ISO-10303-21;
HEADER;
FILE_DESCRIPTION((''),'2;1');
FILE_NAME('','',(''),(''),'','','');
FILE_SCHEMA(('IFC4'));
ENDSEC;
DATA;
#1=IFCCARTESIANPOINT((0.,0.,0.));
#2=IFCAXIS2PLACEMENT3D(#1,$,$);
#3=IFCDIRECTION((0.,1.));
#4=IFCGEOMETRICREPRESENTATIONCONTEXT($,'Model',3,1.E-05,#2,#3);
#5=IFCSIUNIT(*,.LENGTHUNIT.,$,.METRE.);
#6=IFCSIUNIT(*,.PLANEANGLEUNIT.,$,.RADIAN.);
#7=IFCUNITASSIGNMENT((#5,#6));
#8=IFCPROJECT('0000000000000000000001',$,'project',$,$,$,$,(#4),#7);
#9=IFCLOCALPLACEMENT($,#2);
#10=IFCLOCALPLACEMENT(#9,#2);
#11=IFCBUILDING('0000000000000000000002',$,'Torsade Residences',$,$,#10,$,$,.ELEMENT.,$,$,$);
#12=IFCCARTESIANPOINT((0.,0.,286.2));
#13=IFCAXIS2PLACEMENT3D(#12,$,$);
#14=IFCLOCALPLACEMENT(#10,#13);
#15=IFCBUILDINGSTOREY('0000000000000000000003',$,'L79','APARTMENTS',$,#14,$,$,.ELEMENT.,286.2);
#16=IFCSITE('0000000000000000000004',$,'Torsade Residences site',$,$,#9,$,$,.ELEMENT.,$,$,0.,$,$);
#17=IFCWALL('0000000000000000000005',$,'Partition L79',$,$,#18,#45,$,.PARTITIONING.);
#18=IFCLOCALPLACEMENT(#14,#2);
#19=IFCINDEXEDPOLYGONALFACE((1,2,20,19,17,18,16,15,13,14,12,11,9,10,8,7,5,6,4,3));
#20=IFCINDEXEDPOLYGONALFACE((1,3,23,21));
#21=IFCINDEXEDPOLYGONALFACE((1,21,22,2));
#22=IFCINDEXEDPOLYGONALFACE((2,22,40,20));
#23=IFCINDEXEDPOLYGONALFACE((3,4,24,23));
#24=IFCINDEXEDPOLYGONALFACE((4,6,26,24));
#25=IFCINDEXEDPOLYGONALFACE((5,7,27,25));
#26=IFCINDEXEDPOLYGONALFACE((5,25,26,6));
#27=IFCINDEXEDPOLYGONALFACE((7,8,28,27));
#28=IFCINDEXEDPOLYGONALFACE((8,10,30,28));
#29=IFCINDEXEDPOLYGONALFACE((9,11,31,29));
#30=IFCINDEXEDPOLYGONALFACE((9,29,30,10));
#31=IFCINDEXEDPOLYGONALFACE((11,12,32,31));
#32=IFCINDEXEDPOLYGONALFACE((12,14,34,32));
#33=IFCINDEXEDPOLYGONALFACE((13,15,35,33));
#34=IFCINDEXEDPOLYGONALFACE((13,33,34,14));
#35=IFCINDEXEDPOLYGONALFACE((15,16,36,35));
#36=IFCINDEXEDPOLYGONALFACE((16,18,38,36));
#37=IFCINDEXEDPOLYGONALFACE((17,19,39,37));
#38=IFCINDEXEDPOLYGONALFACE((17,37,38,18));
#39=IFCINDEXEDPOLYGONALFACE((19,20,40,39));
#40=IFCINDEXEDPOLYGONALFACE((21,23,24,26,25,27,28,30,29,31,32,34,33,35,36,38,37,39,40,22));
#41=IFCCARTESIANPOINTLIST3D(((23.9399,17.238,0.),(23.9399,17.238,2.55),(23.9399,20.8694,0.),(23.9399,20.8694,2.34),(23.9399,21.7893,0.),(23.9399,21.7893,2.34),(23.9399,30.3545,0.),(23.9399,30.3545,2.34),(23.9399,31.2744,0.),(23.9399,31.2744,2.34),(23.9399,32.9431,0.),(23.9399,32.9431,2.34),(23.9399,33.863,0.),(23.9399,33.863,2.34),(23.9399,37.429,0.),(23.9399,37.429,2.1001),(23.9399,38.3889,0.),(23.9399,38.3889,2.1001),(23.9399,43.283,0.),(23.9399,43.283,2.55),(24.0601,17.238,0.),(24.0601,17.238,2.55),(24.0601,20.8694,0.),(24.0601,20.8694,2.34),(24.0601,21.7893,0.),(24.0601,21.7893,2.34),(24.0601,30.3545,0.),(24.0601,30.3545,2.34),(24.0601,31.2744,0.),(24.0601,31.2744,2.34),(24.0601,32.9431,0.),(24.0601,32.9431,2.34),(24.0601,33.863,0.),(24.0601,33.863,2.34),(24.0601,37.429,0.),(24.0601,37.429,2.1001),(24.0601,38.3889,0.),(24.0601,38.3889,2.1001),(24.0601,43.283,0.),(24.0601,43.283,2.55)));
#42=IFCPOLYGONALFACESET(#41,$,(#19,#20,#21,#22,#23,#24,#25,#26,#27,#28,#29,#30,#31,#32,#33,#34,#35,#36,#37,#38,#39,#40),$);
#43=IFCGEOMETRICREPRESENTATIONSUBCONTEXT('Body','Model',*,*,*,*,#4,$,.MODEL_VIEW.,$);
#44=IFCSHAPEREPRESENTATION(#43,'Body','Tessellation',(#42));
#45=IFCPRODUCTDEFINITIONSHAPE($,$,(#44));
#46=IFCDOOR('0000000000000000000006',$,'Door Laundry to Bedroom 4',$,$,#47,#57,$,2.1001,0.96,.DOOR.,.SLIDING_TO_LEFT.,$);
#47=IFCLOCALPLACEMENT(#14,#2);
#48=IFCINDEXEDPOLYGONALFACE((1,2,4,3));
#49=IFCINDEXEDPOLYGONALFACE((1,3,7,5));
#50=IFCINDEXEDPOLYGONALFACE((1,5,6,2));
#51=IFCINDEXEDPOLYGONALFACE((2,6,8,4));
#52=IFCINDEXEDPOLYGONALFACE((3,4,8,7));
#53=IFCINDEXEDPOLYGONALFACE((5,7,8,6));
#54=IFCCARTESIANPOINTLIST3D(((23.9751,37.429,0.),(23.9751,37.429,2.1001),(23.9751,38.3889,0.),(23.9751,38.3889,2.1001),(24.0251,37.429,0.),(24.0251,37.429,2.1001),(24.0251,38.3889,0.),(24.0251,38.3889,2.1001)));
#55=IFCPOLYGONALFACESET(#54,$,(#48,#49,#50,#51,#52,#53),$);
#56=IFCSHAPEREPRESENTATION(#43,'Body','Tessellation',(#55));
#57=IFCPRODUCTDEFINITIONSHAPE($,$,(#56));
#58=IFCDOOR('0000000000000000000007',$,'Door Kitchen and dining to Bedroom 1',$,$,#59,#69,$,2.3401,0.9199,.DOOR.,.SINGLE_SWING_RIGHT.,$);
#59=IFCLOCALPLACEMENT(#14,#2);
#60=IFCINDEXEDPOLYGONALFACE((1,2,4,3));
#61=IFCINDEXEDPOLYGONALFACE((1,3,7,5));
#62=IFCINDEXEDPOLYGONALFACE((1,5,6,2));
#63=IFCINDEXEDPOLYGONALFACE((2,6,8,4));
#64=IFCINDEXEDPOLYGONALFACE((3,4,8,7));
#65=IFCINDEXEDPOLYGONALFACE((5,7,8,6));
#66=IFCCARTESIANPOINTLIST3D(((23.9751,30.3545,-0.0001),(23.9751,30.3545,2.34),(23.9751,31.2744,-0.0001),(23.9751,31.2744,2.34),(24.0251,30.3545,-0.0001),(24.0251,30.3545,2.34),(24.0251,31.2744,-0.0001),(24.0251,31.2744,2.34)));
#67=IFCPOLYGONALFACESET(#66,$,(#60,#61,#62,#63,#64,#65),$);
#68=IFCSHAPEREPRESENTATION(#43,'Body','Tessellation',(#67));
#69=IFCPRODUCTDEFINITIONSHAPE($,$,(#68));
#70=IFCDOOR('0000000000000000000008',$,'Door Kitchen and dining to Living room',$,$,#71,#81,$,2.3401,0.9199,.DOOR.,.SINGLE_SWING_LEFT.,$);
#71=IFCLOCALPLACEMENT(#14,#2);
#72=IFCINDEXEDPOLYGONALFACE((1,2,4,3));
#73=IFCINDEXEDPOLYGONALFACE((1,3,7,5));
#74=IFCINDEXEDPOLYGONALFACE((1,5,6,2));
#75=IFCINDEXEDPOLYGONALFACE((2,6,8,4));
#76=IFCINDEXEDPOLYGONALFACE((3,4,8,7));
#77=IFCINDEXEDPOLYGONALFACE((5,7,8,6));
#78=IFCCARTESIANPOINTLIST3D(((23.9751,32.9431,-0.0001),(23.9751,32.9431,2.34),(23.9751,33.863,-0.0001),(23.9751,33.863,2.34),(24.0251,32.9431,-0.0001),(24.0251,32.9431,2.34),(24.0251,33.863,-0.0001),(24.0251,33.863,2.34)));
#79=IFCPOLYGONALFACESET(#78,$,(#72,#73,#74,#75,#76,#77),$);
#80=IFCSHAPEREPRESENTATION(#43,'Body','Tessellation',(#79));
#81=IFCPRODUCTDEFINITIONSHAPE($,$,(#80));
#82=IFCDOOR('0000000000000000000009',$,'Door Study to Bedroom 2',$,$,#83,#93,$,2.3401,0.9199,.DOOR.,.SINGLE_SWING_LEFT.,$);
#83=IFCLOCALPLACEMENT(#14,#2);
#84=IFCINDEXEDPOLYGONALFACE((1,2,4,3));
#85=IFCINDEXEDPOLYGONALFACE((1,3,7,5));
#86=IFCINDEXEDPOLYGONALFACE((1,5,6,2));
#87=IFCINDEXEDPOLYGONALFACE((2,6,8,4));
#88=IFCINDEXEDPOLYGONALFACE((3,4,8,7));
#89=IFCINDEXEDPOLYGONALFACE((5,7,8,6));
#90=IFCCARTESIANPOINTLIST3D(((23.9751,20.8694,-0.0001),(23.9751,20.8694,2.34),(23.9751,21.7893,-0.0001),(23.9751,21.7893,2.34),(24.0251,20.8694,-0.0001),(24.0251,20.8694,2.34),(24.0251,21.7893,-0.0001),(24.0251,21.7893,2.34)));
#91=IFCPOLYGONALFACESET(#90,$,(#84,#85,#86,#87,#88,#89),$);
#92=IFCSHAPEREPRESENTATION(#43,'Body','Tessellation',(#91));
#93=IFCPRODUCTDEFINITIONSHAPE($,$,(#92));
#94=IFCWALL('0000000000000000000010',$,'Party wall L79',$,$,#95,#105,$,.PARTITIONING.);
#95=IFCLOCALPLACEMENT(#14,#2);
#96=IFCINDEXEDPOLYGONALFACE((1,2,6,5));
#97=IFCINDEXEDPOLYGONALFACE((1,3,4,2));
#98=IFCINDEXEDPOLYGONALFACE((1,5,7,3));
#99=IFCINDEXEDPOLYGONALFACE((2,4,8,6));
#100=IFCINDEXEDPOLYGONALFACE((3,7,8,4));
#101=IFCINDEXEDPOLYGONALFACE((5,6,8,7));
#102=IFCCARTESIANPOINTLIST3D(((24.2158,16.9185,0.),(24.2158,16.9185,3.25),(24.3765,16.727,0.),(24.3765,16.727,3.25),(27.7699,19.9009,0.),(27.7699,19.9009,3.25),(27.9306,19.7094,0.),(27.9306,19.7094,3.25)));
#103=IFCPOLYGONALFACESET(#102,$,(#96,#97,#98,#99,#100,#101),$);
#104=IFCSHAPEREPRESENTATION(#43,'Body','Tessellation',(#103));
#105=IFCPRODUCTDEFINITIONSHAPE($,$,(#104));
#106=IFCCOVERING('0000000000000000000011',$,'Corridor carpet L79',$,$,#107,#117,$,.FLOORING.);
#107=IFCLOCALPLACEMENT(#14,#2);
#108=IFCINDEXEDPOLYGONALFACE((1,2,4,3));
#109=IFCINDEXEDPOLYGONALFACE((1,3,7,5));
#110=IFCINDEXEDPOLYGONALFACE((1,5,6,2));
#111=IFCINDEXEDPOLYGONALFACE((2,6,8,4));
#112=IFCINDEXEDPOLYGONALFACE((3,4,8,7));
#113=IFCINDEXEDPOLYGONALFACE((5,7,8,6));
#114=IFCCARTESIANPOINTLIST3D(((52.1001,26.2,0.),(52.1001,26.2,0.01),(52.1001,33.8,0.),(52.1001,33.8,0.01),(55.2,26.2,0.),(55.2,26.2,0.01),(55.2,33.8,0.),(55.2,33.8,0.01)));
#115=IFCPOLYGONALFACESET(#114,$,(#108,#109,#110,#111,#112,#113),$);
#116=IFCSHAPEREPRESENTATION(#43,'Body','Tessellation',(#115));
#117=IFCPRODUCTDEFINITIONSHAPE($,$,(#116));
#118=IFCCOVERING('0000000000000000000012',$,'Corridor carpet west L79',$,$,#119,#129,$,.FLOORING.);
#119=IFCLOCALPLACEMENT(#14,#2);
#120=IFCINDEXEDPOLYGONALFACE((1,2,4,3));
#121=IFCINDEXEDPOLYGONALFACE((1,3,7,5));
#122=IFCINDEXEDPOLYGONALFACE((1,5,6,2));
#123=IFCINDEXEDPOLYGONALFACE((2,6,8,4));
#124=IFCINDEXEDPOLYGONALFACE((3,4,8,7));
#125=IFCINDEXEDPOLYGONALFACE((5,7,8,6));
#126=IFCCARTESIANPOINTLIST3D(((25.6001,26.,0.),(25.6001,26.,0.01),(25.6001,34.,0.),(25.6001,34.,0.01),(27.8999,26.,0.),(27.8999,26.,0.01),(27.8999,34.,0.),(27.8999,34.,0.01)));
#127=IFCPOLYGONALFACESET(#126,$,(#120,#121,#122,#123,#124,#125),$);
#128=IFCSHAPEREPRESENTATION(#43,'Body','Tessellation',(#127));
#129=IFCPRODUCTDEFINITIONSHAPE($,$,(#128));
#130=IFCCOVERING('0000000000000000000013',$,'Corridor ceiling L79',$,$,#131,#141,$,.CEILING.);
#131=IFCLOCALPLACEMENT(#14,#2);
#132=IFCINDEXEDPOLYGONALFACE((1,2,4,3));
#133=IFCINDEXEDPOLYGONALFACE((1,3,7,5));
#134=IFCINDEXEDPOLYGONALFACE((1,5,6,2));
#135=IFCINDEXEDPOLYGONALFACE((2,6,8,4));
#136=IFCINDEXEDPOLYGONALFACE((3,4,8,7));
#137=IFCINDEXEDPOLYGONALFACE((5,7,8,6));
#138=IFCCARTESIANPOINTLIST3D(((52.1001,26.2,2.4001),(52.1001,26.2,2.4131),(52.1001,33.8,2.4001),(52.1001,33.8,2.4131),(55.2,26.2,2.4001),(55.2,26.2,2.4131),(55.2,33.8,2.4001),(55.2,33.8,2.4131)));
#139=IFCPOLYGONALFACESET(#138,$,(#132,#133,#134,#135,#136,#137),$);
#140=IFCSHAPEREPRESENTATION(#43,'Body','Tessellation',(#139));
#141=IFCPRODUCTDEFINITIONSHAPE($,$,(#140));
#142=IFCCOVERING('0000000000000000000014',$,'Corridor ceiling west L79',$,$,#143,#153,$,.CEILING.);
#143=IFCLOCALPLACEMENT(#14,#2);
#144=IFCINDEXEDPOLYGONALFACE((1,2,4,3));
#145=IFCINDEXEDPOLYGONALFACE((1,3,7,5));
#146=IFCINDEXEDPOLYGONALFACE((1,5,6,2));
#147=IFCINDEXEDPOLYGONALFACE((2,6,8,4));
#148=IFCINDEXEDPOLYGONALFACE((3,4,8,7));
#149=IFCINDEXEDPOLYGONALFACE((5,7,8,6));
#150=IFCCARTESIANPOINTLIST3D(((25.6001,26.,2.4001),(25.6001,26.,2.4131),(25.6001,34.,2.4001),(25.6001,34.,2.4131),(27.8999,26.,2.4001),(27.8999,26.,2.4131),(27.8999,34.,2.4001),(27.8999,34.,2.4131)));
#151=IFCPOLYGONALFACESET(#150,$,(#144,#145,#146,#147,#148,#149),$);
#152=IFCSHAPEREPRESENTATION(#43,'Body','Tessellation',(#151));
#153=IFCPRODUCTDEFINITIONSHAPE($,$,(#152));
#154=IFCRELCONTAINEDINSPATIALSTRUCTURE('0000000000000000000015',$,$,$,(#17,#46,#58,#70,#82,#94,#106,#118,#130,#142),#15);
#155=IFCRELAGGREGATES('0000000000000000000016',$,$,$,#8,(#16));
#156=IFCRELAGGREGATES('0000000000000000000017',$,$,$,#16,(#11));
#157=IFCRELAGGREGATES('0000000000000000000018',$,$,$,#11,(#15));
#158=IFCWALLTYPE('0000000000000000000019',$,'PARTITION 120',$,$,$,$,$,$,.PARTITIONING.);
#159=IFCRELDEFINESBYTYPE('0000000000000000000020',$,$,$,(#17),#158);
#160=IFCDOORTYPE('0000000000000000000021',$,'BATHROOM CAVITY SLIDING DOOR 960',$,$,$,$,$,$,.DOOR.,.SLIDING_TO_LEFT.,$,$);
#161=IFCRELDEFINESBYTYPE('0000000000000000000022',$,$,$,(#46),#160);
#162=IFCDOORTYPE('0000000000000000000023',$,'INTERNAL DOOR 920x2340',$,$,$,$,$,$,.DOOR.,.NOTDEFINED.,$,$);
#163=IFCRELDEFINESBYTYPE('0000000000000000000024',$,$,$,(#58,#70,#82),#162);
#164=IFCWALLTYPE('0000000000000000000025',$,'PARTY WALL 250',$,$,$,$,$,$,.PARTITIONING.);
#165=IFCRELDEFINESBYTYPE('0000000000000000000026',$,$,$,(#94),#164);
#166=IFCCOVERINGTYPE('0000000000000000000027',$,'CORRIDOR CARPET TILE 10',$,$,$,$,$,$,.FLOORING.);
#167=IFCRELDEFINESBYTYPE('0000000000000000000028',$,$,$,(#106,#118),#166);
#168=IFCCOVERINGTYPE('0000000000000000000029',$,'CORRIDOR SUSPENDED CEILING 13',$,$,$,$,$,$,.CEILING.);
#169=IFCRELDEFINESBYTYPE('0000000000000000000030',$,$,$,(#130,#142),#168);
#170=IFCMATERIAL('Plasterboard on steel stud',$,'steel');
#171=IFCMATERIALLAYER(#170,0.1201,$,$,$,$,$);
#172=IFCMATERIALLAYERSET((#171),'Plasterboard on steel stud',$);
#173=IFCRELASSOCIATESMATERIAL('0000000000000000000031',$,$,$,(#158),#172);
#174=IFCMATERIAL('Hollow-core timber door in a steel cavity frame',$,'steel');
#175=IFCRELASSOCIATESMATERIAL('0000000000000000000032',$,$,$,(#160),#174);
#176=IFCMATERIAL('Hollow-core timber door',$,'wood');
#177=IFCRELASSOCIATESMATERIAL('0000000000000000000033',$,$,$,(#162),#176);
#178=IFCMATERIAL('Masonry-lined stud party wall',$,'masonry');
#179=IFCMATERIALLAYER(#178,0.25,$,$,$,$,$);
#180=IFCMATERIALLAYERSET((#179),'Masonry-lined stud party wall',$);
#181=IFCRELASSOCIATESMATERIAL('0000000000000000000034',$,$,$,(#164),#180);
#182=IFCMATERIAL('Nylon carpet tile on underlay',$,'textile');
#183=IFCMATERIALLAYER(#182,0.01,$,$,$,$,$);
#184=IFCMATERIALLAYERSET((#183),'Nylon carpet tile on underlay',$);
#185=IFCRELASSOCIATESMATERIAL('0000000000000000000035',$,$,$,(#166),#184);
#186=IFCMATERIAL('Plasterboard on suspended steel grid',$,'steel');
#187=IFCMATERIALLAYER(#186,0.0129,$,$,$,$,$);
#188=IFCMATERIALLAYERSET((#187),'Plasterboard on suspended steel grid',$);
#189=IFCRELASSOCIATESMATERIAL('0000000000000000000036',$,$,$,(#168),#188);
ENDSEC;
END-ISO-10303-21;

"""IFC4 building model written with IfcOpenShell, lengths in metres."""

from ifc_helpers import new_model, si_unit, direction, frame, frame_2d, origin, place, context, subcontext, project, spatial, polyline, rectangle, outline, extrude, material, layer, layer_set, type_object, element, fill, save


model = new_model("IFC4")

# Units and contexts
model_context = context("Model", 3, precision=1e-05, world=origin(), true_north=direction((0.0, 1.0)))
body_context = subcontext(model_context, "Body", "Model", "MODEL_VIEW")
ifc_project = project(units=[si_unit("LENGTHUNIT", "METRE"), si_unit("PLANEANGLEUNIT", "RADIAN")], contexts=[model_context])

# Site, building, storey
site_placement = place(None, origin())
site = spatial("IfcSite", under=ifc_project, at=site_placement, Name="Torsade Residences site", CompositionType="ELEMENT", RefElevation=0.0)
building_placement = place(site_placement, origin())
building = spatial("IfcBuilding", under=site, at=building_placement, Name="Torsade Residences", CompositionType="ELEMENT")
storey_placement = place(building_placement, frame((0.0, 0.0, 286.2)))
storey = spatial("IfcBuildingStorey", under=building, at=storey_placement, Name="L79", Description="APARTMENTS", CompositionType="ELEMENT", Elevation=286.2)

# Wall, openings, doors
ifc_material_1 = material(Name="Plasterboard on steel stud", Category="steel")
ifc_layer_1 = layer(ifc_material_1, 0.1201)
ifc_layer_set_1 = layer_set([ifc_layer_1], Name="Plasterboard on steel stud")
wall_type_1 = type_object("IfcWallType", Name="PARTITION 120", PredefinedType="PARTITIONING", material=ifc_layer_set_1)
wall_1_placement = place(storey_placement, frame((24.0, 17.238, 0.0), z_axis=(0.0, 0.0, 1.0), x_axis=(0.0, 1.0, 0.0)))
wall_1 = element("IfcWall", 1, at=wall_1_placement, inside=storey, type_object=wall_type_1, Name="Partition L79", PredefinedType="PARTITIONING", context=body_context, shape_type="SweptSolid", body=[
    extrude(rectangle(XDim=26.0449, YDim=0.1201, at=frame_2d((13.0225, 0.0))), origin(), (0.0, 0.0, 1.0), 2.55),
])
opening_1_placement = place(wall_1_placement, frame((13.1165, 0.0, 0.0)))
opening_1 = element("IfcOpeningElement", 2, at=opening_1_placement, cuts=wall_1, PredefinedType="OPENING", context=body_context, shape_type="SweptSolid", body=[
    extrude(rectangle(XDim=0.9199, YDim=2.3401, at=frame_2d((0.46, 1.1699))), frame((0.0, 0.0701, 0.0), z_axis=(0.0, -1.0, 0.0), x_axis=(1.0, 0.0, 0.0)), (0.0, 0.0, 1.0), 0.1401),
])
opening_2_placement = place(wall_1_placement, frame((15.7051, 0.0, 0.0)))
opening_2 = element("IfcOpeningElement", 3, at=opening_2_placement, cuts=wall_1, PredefinedType="OPENING", context=body_context, shape_type="SweptSolid", body=[
    extrude(rectangle(XDim=0.9199, YDim=2.3401, at=frame_2d((0.46, 1.1699))), frame((0.0, 0.0701, 0.0), z_axis=(0.0, -1.0, 0.0), x_axis=(1.0, 0.0, 0.0)), (0.0, 0.0, 1.0), 0.1401),
])
opening_3_placement = place(wall_1_placement, frame((20.1909, 0.0, 0.0)))
opening_3 = element("IfcOpeningElement", 4, at=opening_3_placement, cuts=wall_1, PredefinedType="OPENING", context=body_context, shape_type="SweptSolid", body=[
    extrude(rectangle(XDim=0.96, YDim=2.1001, at=frame_2d((0.48, 1.05))), frame((0.0, 0.0701, 0.0), z_axis=(0.0, -1.0, 0.0), x_axis=(1.0, 0.0, 0.0)), (0.0, 0.0, 1.0), 0.1401),
])
opening_4_placement = place(wall_1_placement, frame((3.6313, 0.0, 0.0)))
opening_4 = element("IfcOpeningElement", 5, at=opening_4_placement, cuts=wall_1, PredefinedType="OPENING", context=body_context, shape_type="SweptSolid", body=[
    extrude(rectangle(XDim=0.9199, YDim=2.3401, at=frame_2d((0.46, 1.1699))), frame((0.0, 0.0701, 0.0), z_axis=(0.0, -1.0, 0.0), x_axis=(1.0, 0.0, 0.0)), (0.0, 0.0, 1.0), 0.1401),
])
ifc_material_2 = material(Name="Hollow-core timber door in a steel cavity frame", Category="steel")
door_type_1 = type_object("IfcDoorType", Name="BATHROOM CAVITY SLIDING DOOR 960", OperationType="SLIDING_TO_LEFT", PredefinedType="DOOR", material=ifc_material_2)
door_1_placement = place(opening_3_placement, origin())
door_1 = element("IfcDoor", 6, at=door_1_placement, inside=storey, type_object=door_type_1, Name="Door Laundry to Bedroom 4", OperationType="SLIDING_TO_LEFT", OverallHeight=2.1001, OverallWidth=0.96, PredefinedType="DOOR", context=body_context, shape_type="SweptSolid", body=[
    extrude(rectangle(XDim=0.96, YDim=2.1001, at=frame_2d((0.48, 1.05))), frame((0.0, 0.0249, 0.0), z_axis=(0.0, -1.0, 0.0), x_axis=(1.0, 0.0, 0.0)), (0.0, 0.0, 1.0), 0.05),
])
fill(opening_3, door_1)
ifc_material_3 = material(Name="Hollow-core timber door", Category="wood")
door_type_2 = type_object("IfcDoorType", Name="INTERNAL DOOR 920x2340", OperationType="NOTDEFINED", PredefinedType="DOOR", material=ifc_material_3)
door_2_placement = place(opening_1_placement, origin())
door_2 = element("IfcDoor", 7, at=door_2_placement, inside=storey, type_object=door_type_2, Name="Door Kitchen and dining to Bedroom 1", OperationType="SINGLE_SWING_RIGHT", OverallHeight=2.3401, OverallWidth=0.9199, PredefinedType="DOOR", context=body_context, shape_type="SweptSolid", body=[
    extrude(rectangle(XDim=0.9199, YDim=2.3401, at=frame_2d((0.46, 1.1699))), frame((0.0, 0.0249, 0.0), z_axis=(0.0, -1.0, 0.0), x_axis=(1.0, 0.0, 0.0)), (0.0, 0.0, 1.0), 0.05),
])
fill(opening_1, door_2)
door_3_placement = place(opening_2_placement, origin())
door_3 = element("IfcDoor", 8, at=door_3_placement, inside=storey, type_object=door_type_2, Name="Door Kitchen and dining to Living room", OperationType="SINGLE_SWING_LEFT", OverallHeight=2.3401, OverallWidth=0.9199, PredefinedType="DOOR", context=body_context, shape_type="SweptSolid", body=[
    extrude(rectangle(XDim=0.9199, YDim=2.3401, at=frame_2d((0.46, 1.1699))), frame((0.0, 0.0249, 0.0), z_axis=(0.0, -1.0, 0.0), x_axis=(1.0, 0.0, 0.0)), (0.0, 0.0, 1.0), 0.05),
])
fill(opening_2, door_3)
door_4_placement = place(opening_4_placement, origin())
door_4 = element("IfcDoor", 9, at=door_4_placement, inside=storey, type_object=door_type_2, Name="Door Study to Bedroom 2", OperationType="SINGLE_SWING_LEFT", OverallHeight=2.3401, OverallWidth=0.9199, PredefinedType="DOOR", context=body_context, shape_type="SweptSolid", body=[
    extrude(rectangle(XDim=0.9199, YDim=2.3401, at=frame_2d((0.46, 1.1699))), frame((0.0, 0.0249, 0.0), z_axis=(0.0, -1.0, 0.0), x_axis=(1.0, 0.0, 0.0)), (0.0, 0.0, 1.0), 0.05),
])
fill(opening_4, door_4)

# Wall
ifc_material_4 = material(Name="Masonry-lined stud party wall", Category="masonry")
ifc_layer_2 = layer(ifc_material_4, 0.25)
ifc_layer_set_2 = layer_set([ifc_layer_2], Name="Masonry-lined stud party wall")
wall_type_2 = type_object("IfcWallType", Name="PARTY WALL 250", PredefinedType="PARTITIONING", material=ifc_layer_set_2)
wall_2_placement = place(storey_placement, frame((24.2961, 16.8228, 0.0), z_axis=(0.0, 0.0, 1.0), x_axis=(0.766034, 0.6428, 0.0)))
element("IfcWall", 10, at=wall_2_placement, inside=storey, type_object=wall_type_2, Name="Party wall L79", PredefinedType="PARTITIONING", context=body_context, shape_type="SweptSolid", body=[
    extrude(rectangle(XDim=4.6396, YDim=0.25, at=frame_2d((2.3198, 0.0))), origin(), (0.0, 0.0, 1.0), 3.25),
])

# Coverings
ifc_material_5 = material(Name="Nylon carpet tile on underlay", Category="textile")
ifc_layer_3 = layer(ifc_material_5, 0.01)
ifc_layer_set_3 = layer_set([ifc_layer_3], Name="Nylon carpet tile on underlay")
covering_type_1 = type_object("IfcCoveringType", Name="CORRIDOR CARPET TILE 10", PredefinedType="FLOORING", material=ifc_layer_set_3)
covering_1_placement = place(storey_placement, origin())
element("IfcCovering", 11, at=covering_1_placement, inside=storey, type_object=covering_type_1, Name="Corridor carpet L79", PredefinedType="FLOORING", context=body_context, shape_type="SweptSolid", body=[
    extrude(outline(polyline([(55.2, 26.2), (55.2, 33.8), (52.1001, 33.8), (52.1001, 26.2), (55.2, 26.2)])), origin(), (0.0, 0.0, 1.0), 0.01),
])
covering_2_placement = place(storey_placement, origin())
element("IfcCovering", 12, at=covering_2_placement, inside=storey, type_object=covering_type_1, Name="Corridor carpet west L79", PredefinedType="FLOORING", context=body_context, shape_type="SweptSolid", body=[
    extrude(outline(polyline([(27.8999, 26.0), (27.8999, 34.0), (25.6001, 34.0), (25.6001, 26.0), (27.8999, 26.0)])), origin(), (0.0, 0.0, 1.0), 0.01),
])
ifc_material_6 = material(Name="Plasterboard on suspended steel grid", Category="steel")
ifc_layer_4 = layer(ifc_material_6, 0.0129)
ifc_layer_set_4 = layer_set([ifc_layer_4], Name="Plasterboard on suspended steel grid")
covering_type_2 = type_object("IfcCoveringType", Name="CORRIDOR SUSPENDED CEILING 13", PredefinedType="CEILING", material=ifc_layer_set_4)
covering_3_placement = place(storey_placement, frame((0.0, 0.0, 2.4001)))
element("IfcCovering", 13, at=covering_3_placement, inside=storey, type_object=covering_type_2, Name="Corridor ceiling L79", PredefinedType="CEILING", context=body_context, shape_type="SweptSolid", body=[
    extrude(outline(polyline([(55.2, 26.2), (55.2, 33.8), (52.1001, 33.8), (52.1001, 26.2), (55.2, 26.2)])), origin(), (0.0, 0.0, 1.0), 0.0129),
])
covering_4_placement = place(storey_placement, frame((0.0, 0.0, 2.4001)))
element("IfcCovering", 14, at=covering_4_placement, inside=storey, type_object=covering_type_2, Name="Corridor ceiling west L79", PredefinedType="CEILING", context=body_context, shape_type="SweptSolid", body=[
    extrude(outline(polyline([(27.8999, 26.0), (27.8999, 34.0), (25.6001, 34.0), (25.6001, 26.0), (27.8999, 26.0)])), origin(), (0.0, 0.0, 1.0), 0.0129),
])

save(model, "model.ifc")
